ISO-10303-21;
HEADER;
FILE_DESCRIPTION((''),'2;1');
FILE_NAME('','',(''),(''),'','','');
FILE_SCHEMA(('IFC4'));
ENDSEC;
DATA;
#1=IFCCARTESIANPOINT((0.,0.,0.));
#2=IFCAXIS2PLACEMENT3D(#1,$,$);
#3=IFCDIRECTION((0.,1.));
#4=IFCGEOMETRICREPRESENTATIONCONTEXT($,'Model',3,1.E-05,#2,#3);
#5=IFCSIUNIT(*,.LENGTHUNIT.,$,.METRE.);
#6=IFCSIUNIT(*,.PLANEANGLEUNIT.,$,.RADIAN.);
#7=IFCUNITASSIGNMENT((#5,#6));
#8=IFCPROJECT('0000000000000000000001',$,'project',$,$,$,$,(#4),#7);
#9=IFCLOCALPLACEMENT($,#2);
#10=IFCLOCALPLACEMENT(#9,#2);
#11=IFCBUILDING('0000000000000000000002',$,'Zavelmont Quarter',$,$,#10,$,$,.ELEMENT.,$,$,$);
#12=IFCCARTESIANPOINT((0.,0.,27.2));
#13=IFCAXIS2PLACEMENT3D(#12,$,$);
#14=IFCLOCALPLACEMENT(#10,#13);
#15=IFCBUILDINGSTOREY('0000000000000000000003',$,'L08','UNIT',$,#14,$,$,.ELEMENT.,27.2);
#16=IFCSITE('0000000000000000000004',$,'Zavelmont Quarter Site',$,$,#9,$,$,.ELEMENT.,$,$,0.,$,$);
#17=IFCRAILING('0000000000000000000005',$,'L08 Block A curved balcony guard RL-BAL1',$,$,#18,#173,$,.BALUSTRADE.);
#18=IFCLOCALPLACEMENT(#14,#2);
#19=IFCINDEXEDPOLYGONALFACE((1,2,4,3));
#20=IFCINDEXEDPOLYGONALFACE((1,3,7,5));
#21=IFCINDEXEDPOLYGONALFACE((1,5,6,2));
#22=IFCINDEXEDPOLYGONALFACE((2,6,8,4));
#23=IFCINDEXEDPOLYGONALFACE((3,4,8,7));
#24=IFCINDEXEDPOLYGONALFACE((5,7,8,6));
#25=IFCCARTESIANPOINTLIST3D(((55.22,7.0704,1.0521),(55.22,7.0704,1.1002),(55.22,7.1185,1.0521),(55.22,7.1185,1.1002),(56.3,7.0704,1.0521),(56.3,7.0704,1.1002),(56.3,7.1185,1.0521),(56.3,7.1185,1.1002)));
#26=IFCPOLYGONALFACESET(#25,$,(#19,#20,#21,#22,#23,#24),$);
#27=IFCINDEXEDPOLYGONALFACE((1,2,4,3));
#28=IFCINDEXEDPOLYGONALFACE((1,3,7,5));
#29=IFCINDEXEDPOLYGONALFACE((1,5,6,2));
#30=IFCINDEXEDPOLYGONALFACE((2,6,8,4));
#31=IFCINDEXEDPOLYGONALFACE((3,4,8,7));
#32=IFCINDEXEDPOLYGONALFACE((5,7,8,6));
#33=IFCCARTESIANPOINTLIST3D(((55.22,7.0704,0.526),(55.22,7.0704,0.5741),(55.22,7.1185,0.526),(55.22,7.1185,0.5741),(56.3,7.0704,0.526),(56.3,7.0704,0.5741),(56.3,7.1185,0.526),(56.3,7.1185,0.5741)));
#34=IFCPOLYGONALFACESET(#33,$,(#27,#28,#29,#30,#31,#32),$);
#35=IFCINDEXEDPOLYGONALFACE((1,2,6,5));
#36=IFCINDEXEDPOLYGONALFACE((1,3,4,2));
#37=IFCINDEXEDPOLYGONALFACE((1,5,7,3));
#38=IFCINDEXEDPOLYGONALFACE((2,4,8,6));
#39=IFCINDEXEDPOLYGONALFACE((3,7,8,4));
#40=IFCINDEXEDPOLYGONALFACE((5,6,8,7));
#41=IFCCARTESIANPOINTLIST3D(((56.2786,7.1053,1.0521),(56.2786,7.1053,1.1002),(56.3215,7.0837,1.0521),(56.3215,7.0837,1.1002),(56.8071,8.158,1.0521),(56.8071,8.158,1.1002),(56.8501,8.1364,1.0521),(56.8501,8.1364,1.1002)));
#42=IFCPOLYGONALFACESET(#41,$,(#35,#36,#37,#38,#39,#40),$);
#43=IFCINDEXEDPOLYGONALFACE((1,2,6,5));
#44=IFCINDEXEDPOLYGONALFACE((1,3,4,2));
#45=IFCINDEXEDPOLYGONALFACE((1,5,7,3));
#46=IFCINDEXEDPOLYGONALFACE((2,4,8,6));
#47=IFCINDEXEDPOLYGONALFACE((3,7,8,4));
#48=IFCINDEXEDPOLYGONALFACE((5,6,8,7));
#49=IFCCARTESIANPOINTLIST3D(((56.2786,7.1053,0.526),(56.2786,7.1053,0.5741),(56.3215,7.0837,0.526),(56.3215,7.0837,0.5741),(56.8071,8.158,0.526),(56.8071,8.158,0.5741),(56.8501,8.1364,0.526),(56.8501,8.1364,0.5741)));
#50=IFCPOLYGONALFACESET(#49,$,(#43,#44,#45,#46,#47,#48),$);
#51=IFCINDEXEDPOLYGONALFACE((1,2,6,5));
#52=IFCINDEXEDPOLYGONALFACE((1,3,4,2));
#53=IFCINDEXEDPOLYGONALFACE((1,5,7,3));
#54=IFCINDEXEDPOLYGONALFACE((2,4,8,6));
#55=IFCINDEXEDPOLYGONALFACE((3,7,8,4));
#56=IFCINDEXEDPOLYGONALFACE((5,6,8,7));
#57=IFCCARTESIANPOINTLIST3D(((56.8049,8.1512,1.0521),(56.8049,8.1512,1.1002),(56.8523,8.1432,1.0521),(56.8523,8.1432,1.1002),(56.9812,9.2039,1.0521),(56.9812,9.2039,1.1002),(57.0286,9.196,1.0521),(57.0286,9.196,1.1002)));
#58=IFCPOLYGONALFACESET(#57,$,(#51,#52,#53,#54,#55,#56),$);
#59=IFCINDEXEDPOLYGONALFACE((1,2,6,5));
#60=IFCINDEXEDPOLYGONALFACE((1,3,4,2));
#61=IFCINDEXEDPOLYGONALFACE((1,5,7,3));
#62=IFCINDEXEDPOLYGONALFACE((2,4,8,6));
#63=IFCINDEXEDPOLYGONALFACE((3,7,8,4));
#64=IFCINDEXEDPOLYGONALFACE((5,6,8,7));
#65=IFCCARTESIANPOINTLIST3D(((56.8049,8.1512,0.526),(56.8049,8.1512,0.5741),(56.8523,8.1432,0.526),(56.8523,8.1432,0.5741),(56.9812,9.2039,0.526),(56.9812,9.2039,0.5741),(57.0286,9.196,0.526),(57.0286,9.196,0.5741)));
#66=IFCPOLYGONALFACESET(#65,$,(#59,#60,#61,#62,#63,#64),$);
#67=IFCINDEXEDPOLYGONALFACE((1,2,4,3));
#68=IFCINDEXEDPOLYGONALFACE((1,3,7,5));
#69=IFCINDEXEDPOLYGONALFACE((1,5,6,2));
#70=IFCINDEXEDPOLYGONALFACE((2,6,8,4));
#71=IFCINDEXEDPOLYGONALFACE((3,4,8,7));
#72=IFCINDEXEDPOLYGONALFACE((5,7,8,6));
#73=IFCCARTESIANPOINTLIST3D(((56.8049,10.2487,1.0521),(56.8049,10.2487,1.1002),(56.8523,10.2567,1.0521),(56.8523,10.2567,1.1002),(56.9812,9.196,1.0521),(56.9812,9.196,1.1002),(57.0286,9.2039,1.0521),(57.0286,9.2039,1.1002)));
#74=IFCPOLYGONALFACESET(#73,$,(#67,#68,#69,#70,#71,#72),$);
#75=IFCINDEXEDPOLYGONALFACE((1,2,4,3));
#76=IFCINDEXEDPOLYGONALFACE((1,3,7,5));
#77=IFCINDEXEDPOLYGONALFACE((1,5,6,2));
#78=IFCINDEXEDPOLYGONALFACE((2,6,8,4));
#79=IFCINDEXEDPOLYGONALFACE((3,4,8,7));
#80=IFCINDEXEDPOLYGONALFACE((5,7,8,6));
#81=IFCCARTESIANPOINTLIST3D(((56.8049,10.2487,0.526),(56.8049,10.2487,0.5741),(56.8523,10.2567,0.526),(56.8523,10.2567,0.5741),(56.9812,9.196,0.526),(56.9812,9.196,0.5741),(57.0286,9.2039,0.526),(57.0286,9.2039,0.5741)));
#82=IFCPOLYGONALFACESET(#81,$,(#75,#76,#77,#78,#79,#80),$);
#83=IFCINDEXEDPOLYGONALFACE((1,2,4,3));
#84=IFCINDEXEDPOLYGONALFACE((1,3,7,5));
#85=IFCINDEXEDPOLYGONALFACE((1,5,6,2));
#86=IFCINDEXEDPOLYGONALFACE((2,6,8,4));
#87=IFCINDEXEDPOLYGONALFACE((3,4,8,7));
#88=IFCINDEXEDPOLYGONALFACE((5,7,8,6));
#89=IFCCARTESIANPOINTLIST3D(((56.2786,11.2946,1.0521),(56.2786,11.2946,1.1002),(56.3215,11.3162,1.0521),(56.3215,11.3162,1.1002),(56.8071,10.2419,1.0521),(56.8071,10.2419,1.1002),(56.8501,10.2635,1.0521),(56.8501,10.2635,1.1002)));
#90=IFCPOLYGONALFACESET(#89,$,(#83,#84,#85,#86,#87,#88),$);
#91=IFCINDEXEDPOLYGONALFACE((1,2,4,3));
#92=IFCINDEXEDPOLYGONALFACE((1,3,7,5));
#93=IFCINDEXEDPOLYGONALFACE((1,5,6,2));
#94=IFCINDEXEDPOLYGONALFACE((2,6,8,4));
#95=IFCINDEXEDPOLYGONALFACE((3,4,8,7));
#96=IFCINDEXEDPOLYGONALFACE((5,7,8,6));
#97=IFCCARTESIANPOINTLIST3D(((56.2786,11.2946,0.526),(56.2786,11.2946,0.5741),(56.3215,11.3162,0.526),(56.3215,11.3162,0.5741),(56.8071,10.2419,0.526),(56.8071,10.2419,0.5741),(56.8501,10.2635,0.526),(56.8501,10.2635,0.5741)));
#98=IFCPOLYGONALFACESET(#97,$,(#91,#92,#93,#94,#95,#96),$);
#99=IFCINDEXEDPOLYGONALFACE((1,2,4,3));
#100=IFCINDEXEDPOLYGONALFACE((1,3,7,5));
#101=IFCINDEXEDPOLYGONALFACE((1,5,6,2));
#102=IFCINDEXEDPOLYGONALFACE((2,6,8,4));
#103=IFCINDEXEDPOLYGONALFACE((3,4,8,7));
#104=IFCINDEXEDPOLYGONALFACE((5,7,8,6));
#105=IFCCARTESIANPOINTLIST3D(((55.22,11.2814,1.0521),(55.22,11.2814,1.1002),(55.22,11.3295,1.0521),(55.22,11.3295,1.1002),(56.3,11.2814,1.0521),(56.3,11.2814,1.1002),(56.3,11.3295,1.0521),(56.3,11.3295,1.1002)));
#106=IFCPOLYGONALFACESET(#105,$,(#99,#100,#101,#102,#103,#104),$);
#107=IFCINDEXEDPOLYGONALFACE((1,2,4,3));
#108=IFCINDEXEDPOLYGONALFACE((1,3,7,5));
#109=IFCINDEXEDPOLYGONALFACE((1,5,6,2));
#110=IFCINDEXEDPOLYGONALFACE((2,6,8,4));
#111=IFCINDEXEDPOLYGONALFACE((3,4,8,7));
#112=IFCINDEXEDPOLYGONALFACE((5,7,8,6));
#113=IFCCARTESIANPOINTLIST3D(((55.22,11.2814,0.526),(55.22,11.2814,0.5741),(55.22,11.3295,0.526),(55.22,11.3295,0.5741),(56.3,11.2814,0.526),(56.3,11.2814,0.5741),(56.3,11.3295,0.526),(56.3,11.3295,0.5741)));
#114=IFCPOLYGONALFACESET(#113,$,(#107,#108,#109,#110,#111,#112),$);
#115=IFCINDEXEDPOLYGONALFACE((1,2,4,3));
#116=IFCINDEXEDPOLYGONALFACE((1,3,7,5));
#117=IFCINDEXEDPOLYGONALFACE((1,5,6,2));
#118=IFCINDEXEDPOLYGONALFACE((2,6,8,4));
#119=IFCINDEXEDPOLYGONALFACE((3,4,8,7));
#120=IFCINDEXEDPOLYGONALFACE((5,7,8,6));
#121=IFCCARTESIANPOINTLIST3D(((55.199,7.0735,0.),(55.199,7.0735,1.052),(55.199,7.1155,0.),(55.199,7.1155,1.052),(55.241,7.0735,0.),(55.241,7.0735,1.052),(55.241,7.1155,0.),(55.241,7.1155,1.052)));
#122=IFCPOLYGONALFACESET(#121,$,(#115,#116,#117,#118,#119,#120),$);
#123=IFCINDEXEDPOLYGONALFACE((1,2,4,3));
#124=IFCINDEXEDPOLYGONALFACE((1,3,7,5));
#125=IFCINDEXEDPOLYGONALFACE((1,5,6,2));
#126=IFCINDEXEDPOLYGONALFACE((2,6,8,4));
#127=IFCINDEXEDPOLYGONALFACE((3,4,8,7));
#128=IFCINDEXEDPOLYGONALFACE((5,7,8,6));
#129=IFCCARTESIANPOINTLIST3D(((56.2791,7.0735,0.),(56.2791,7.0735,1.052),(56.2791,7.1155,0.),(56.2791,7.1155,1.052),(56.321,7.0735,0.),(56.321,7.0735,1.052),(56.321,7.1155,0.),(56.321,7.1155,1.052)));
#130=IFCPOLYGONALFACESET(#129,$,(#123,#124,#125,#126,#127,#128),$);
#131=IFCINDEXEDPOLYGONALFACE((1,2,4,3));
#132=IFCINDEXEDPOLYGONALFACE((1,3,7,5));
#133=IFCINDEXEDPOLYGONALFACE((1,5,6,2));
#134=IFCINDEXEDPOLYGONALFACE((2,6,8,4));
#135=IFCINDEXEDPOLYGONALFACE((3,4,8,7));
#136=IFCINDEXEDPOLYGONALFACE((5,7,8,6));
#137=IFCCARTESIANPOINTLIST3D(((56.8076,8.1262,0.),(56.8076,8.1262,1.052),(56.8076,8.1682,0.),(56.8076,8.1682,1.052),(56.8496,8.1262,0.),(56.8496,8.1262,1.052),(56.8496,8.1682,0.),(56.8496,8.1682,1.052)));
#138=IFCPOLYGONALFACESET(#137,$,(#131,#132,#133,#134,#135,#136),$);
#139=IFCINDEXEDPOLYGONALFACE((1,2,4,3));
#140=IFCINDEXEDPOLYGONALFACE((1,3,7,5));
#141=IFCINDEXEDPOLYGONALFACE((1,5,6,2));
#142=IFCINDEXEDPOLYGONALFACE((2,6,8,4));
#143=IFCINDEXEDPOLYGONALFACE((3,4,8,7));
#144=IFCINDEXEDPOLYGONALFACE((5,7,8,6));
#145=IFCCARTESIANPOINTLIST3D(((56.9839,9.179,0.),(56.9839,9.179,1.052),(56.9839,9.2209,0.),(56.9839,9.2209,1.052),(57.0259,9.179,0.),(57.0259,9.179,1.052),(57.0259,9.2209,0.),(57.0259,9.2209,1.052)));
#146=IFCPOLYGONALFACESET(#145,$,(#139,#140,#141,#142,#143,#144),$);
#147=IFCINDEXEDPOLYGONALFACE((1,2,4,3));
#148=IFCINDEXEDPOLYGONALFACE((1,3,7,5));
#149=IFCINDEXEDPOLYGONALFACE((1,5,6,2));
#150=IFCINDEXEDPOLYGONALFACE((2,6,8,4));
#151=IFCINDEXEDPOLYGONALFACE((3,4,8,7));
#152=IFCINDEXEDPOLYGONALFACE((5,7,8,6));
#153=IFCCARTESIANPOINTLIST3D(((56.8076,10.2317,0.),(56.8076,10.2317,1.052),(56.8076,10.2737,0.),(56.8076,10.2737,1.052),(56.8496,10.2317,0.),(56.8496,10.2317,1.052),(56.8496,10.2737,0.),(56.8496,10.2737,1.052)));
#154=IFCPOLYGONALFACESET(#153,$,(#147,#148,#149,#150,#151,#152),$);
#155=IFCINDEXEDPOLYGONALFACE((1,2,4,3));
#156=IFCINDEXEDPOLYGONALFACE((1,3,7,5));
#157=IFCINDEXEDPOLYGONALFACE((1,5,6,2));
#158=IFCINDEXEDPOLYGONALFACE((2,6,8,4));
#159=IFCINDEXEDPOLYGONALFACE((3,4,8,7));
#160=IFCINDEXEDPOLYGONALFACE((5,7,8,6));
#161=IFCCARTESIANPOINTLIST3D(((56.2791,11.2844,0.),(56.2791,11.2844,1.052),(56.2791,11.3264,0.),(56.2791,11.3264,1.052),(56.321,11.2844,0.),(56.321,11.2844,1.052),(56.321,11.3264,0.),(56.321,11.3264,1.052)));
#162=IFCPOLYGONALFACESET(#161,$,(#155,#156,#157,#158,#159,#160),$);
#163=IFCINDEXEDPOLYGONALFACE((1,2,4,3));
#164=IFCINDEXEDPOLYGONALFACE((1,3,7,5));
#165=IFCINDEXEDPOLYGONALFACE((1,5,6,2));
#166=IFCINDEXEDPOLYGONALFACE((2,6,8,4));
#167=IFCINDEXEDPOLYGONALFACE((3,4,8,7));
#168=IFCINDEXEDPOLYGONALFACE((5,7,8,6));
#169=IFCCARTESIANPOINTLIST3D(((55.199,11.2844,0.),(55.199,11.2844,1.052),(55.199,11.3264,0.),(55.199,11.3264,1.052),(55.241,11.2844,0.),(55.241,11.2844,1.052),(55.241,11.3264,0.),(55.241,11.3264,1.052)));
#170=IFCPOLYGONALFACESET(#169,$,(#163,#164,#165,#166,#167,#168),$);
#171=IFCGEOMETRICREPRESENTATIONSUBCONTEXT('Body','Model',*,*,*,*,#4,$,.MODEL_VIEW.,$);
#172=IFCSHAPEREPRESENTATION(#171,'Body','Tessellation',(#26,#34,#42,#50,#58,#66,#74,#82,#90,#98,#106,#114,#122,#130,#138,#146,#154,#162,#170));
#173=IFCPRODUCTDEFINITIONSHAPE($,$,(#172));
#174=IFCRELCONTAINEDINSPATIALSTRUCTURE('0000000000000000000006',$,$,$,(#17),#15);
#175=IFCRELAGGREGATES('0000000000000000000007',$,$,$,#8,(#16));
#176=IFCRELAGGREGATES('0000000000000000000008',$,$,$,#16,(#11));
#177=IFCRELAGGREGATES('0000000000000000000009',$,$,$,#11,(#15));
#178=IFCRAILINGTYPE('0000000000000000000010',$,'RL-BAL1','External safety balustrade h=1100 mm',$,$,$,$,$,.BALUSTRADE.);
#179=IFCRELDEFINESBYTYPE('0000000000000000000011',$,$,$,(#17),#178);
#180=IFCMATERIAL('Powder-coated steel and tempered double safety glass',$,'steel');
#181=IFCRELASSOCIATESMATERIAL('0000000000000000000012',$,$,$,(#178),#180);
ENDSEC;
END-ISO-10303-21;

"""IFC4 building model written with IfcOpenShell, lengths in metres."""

from ifc_helpers import new_model, si_unit, direction, frame, origin, origin_2d, place, context, subcontext, project, spatial, rectangle, extrude, material, type_object, element, save


model = new_model("IFC4")

# Units and contexts
model_context = context("Model", 3, precision=1e-05, world=origin(), true_north=direction((0.0, 1.0)))
body_context = subcontext(model_context, "Body", "Model", "MODEL_VIEW")
ifc_project = project(units=[si_unit("LENGTHUNIT", "METRE"), si_unit("PLANEANGLEUNIT", "RADIAN")], contexts=[model_context])

# Site, building, storey
site_placement = place(None, origin())
site = spatial("IfcSite", under=ifc_project, at=site_placement, Name="Zavelmont Quarter Site", CompositionType="ELEMENT", RefElevation=0.0)
building_placement = place(site_placement, origin())
building = spatial("IfcBuilding", under=site, at=building_placement, Name="Zavelmont Quarter", CompositionType="ELEMENT")
storey_placement = place(building_placement, frame((0.0, 0.0, 27.2)))
storey = spatial("IfcBuildingStorey", under=building, at=storey_placement, Name="L08", Description="UNIT", CompositionType="ELEMENT", Elevation=27.2)

# Railing
ifc_material_1 = material(Name="Powder-coated steel and tempered double safety glass", Category="steel")
railing_type = type_object("IfcRailingType", Name="RL-BAL1", Description="External safety balustrade h=1100 mm", PredefinedType="BALUSTRADE", material=ifc_material_1)
railing_placement = place(storey_placement, frame((55.22, 7.0945, 0.0)))
element("IfcRailing", 1, at=railing_placement, inside=storey, type_object=railing_type, Name="L08 Block A curved balcony guard RL-BAL1", PredefinedType="BALUSTRADE", context=body_context, shape_type="SweptSolid", body=[
    extrude(rectangle(XDim=0.0481, YDim=0.0481, at=origin_2d()), frame((0.0, 0.0, 1.0762), z_axis=(1.0, 0.0, 0.0), x_axis=(0.0, 1.0, 0.0)), (0.0, 0.0, 1.0), 1.0801),
    extrude(rectangle(XDim=0.0481, YDim=0.0481, at=origin_2d()), frame((0.0, 0.0, 0.55), z_axis=(1.0, 0.0, 0.0), x_axis=(0.0, 1.0, 0.0)), (0.0, 0.0, 1.0), 1.0801),
    extrude(rectangle(XDim=0.0481, YDim=0.0481, at=origin_2d()), frame((1.0801, 0.0, 1.0762), z_axis=(0.448705, 0.89368, 0.0), x_axis=(-0.89368, 0.448705, 0.0)), (0.0, 0.0, 1.0), 1.178),
    extrude(rectangle(XDim=0.0481, YDim=0.0481, at=origin_2d()), frame((1.0801, 0.0, 0.55), z_axis=(0.448705, 0.89368, 0.0), x_axis=(-0.89368, 0.448705, 0.0)), (0.0, 0.0, 1.0), 1.178),
    extrude(rectangle(XDim=0.0481, YDim=0.0481, at=origin_2d()), frame((1.6086, 1.0527, 1.0762), z_axis=(0.165141, 0.98627, 0.0), x_axis=(-0.98627, 0.165141, 0.0)), (0.0, 0.0, 1.0), 1.0674),
    extrude(rectangle(XDim=0.0481, YDim=0.0481, at=origin_2d()), frame((1.6086, 1.0527, 0.55), z_axis=(0.165141, 0.98627, 0.0), x_axis=(-0.98627, 0.165141, 0.0)), (0.0, 0.0, 1.0), 1.0674),
    extrude(rectangle(XDim=0.0481, YDim=0.0481, at=origin_2d()), frame((1.7849, 2.1055, 1.0762), z_axis=(-0.165141, 0.98627, 0.0), x_axis=(-0.98627, -0.165141, 0.0)), (0.0, 0.0, 1.0), 1.0674),
    extrude(rectangle(XDim=0.0481, YDim=0.0481, at=origin_2d()), frame((1.7849, 2.1055, 0.55), z_axis=(-0.165141, 0.98627, 0.0), x_axis=(-0.98627, -0.165141, 0.0)), (0.0, 0.0, 1.0), 1.0674),
    extrude(rectangle(XDim=0.0481, YDim=0.0481, at=origin_2d()), frame((1.6086, 3.1582, 1.0762), z_axis=(-0.448705, 0.89368, 0.0), x_axis=(-0.89368, -0.448705, 0.0)), (0.0, 0.0, 1.0), 1.178),
    extrude(rectangle(XDim=0.0481, YDim=0.0481, at=origin_2d()), frame((1.6086, 3.1582, 0.55), z_axis=(-0.448705, 0.89368, 0.0), x_axis=(-0.89368, -0.448705, 0.0)), (0.0, 0.0, 1.0), 1.178),
    extrude(rectangle(XDim=0.0481, YDim=0.0481, at=origin_2d()), frame((1.0801, 4.2109, 1.0762), z_axis=(-1.0, 0.0, 0.0), x_axis=(0.0, -1.0, 0.0)), (0.0, 0.0, 1.0), 1.0801),
    extrude(rectangle(XDim=0.0481, YDim=0.0481, at=origin_2d()), frame((1.0801, 4.2109, 0.55), z_axis=(-1.0, 0.0, 0.0), x_axis=(0.0, -1.0, 0.0)), (0.0, 0.0, 1.0), 1.0801),
    extrude(rectangle(XDim=0.042, YDim=0.042, at=origin_2d()), origin(), (0.0, 0.0, 1.0), 1.052),
    extrude(rectangle(XDim=0.042, YDim=0.042, at=origin_2d()), frame((1.0801, 0.0, 0.0)), (0.0, 0.0, 1.0), 1.052),
    extrude(rectangle(XDim=0.042, YDim=0.042, at=origin_2d()), frame((1.6086, 1.0527, 0.0)), (0.0, 0.0, 1.0), 1.052),
    extrude(rectangle(XDim=0.042, YDim=0.042, at=origin_2d()), frame((1.7849, 2.1055, 0.0)), (0.0, 0.0, 1.0), 1.052),
    extrude(rectangle(XDim=0.042, YDim=0.042, at=origin_2d()), frame((1.6086, 3.1582, 0.0)), (0.0, 0.0, 1.0), 1.052),
    extrude(rectangle(XDim=0.042, YDim=0.042, at=origin_2d()), frame((1.0801, 4.2109, 0.0)), (0.0, 0.0, 1.0), 1.052),
    extrude(rectangle(XDim=0.042, YDim=0.042, at=origin_2d()), frame((0.0, 4.2109, 0.0)), (0.0, 0.0, 1.0), 1.052),
])

save(model, "model.ifc")
